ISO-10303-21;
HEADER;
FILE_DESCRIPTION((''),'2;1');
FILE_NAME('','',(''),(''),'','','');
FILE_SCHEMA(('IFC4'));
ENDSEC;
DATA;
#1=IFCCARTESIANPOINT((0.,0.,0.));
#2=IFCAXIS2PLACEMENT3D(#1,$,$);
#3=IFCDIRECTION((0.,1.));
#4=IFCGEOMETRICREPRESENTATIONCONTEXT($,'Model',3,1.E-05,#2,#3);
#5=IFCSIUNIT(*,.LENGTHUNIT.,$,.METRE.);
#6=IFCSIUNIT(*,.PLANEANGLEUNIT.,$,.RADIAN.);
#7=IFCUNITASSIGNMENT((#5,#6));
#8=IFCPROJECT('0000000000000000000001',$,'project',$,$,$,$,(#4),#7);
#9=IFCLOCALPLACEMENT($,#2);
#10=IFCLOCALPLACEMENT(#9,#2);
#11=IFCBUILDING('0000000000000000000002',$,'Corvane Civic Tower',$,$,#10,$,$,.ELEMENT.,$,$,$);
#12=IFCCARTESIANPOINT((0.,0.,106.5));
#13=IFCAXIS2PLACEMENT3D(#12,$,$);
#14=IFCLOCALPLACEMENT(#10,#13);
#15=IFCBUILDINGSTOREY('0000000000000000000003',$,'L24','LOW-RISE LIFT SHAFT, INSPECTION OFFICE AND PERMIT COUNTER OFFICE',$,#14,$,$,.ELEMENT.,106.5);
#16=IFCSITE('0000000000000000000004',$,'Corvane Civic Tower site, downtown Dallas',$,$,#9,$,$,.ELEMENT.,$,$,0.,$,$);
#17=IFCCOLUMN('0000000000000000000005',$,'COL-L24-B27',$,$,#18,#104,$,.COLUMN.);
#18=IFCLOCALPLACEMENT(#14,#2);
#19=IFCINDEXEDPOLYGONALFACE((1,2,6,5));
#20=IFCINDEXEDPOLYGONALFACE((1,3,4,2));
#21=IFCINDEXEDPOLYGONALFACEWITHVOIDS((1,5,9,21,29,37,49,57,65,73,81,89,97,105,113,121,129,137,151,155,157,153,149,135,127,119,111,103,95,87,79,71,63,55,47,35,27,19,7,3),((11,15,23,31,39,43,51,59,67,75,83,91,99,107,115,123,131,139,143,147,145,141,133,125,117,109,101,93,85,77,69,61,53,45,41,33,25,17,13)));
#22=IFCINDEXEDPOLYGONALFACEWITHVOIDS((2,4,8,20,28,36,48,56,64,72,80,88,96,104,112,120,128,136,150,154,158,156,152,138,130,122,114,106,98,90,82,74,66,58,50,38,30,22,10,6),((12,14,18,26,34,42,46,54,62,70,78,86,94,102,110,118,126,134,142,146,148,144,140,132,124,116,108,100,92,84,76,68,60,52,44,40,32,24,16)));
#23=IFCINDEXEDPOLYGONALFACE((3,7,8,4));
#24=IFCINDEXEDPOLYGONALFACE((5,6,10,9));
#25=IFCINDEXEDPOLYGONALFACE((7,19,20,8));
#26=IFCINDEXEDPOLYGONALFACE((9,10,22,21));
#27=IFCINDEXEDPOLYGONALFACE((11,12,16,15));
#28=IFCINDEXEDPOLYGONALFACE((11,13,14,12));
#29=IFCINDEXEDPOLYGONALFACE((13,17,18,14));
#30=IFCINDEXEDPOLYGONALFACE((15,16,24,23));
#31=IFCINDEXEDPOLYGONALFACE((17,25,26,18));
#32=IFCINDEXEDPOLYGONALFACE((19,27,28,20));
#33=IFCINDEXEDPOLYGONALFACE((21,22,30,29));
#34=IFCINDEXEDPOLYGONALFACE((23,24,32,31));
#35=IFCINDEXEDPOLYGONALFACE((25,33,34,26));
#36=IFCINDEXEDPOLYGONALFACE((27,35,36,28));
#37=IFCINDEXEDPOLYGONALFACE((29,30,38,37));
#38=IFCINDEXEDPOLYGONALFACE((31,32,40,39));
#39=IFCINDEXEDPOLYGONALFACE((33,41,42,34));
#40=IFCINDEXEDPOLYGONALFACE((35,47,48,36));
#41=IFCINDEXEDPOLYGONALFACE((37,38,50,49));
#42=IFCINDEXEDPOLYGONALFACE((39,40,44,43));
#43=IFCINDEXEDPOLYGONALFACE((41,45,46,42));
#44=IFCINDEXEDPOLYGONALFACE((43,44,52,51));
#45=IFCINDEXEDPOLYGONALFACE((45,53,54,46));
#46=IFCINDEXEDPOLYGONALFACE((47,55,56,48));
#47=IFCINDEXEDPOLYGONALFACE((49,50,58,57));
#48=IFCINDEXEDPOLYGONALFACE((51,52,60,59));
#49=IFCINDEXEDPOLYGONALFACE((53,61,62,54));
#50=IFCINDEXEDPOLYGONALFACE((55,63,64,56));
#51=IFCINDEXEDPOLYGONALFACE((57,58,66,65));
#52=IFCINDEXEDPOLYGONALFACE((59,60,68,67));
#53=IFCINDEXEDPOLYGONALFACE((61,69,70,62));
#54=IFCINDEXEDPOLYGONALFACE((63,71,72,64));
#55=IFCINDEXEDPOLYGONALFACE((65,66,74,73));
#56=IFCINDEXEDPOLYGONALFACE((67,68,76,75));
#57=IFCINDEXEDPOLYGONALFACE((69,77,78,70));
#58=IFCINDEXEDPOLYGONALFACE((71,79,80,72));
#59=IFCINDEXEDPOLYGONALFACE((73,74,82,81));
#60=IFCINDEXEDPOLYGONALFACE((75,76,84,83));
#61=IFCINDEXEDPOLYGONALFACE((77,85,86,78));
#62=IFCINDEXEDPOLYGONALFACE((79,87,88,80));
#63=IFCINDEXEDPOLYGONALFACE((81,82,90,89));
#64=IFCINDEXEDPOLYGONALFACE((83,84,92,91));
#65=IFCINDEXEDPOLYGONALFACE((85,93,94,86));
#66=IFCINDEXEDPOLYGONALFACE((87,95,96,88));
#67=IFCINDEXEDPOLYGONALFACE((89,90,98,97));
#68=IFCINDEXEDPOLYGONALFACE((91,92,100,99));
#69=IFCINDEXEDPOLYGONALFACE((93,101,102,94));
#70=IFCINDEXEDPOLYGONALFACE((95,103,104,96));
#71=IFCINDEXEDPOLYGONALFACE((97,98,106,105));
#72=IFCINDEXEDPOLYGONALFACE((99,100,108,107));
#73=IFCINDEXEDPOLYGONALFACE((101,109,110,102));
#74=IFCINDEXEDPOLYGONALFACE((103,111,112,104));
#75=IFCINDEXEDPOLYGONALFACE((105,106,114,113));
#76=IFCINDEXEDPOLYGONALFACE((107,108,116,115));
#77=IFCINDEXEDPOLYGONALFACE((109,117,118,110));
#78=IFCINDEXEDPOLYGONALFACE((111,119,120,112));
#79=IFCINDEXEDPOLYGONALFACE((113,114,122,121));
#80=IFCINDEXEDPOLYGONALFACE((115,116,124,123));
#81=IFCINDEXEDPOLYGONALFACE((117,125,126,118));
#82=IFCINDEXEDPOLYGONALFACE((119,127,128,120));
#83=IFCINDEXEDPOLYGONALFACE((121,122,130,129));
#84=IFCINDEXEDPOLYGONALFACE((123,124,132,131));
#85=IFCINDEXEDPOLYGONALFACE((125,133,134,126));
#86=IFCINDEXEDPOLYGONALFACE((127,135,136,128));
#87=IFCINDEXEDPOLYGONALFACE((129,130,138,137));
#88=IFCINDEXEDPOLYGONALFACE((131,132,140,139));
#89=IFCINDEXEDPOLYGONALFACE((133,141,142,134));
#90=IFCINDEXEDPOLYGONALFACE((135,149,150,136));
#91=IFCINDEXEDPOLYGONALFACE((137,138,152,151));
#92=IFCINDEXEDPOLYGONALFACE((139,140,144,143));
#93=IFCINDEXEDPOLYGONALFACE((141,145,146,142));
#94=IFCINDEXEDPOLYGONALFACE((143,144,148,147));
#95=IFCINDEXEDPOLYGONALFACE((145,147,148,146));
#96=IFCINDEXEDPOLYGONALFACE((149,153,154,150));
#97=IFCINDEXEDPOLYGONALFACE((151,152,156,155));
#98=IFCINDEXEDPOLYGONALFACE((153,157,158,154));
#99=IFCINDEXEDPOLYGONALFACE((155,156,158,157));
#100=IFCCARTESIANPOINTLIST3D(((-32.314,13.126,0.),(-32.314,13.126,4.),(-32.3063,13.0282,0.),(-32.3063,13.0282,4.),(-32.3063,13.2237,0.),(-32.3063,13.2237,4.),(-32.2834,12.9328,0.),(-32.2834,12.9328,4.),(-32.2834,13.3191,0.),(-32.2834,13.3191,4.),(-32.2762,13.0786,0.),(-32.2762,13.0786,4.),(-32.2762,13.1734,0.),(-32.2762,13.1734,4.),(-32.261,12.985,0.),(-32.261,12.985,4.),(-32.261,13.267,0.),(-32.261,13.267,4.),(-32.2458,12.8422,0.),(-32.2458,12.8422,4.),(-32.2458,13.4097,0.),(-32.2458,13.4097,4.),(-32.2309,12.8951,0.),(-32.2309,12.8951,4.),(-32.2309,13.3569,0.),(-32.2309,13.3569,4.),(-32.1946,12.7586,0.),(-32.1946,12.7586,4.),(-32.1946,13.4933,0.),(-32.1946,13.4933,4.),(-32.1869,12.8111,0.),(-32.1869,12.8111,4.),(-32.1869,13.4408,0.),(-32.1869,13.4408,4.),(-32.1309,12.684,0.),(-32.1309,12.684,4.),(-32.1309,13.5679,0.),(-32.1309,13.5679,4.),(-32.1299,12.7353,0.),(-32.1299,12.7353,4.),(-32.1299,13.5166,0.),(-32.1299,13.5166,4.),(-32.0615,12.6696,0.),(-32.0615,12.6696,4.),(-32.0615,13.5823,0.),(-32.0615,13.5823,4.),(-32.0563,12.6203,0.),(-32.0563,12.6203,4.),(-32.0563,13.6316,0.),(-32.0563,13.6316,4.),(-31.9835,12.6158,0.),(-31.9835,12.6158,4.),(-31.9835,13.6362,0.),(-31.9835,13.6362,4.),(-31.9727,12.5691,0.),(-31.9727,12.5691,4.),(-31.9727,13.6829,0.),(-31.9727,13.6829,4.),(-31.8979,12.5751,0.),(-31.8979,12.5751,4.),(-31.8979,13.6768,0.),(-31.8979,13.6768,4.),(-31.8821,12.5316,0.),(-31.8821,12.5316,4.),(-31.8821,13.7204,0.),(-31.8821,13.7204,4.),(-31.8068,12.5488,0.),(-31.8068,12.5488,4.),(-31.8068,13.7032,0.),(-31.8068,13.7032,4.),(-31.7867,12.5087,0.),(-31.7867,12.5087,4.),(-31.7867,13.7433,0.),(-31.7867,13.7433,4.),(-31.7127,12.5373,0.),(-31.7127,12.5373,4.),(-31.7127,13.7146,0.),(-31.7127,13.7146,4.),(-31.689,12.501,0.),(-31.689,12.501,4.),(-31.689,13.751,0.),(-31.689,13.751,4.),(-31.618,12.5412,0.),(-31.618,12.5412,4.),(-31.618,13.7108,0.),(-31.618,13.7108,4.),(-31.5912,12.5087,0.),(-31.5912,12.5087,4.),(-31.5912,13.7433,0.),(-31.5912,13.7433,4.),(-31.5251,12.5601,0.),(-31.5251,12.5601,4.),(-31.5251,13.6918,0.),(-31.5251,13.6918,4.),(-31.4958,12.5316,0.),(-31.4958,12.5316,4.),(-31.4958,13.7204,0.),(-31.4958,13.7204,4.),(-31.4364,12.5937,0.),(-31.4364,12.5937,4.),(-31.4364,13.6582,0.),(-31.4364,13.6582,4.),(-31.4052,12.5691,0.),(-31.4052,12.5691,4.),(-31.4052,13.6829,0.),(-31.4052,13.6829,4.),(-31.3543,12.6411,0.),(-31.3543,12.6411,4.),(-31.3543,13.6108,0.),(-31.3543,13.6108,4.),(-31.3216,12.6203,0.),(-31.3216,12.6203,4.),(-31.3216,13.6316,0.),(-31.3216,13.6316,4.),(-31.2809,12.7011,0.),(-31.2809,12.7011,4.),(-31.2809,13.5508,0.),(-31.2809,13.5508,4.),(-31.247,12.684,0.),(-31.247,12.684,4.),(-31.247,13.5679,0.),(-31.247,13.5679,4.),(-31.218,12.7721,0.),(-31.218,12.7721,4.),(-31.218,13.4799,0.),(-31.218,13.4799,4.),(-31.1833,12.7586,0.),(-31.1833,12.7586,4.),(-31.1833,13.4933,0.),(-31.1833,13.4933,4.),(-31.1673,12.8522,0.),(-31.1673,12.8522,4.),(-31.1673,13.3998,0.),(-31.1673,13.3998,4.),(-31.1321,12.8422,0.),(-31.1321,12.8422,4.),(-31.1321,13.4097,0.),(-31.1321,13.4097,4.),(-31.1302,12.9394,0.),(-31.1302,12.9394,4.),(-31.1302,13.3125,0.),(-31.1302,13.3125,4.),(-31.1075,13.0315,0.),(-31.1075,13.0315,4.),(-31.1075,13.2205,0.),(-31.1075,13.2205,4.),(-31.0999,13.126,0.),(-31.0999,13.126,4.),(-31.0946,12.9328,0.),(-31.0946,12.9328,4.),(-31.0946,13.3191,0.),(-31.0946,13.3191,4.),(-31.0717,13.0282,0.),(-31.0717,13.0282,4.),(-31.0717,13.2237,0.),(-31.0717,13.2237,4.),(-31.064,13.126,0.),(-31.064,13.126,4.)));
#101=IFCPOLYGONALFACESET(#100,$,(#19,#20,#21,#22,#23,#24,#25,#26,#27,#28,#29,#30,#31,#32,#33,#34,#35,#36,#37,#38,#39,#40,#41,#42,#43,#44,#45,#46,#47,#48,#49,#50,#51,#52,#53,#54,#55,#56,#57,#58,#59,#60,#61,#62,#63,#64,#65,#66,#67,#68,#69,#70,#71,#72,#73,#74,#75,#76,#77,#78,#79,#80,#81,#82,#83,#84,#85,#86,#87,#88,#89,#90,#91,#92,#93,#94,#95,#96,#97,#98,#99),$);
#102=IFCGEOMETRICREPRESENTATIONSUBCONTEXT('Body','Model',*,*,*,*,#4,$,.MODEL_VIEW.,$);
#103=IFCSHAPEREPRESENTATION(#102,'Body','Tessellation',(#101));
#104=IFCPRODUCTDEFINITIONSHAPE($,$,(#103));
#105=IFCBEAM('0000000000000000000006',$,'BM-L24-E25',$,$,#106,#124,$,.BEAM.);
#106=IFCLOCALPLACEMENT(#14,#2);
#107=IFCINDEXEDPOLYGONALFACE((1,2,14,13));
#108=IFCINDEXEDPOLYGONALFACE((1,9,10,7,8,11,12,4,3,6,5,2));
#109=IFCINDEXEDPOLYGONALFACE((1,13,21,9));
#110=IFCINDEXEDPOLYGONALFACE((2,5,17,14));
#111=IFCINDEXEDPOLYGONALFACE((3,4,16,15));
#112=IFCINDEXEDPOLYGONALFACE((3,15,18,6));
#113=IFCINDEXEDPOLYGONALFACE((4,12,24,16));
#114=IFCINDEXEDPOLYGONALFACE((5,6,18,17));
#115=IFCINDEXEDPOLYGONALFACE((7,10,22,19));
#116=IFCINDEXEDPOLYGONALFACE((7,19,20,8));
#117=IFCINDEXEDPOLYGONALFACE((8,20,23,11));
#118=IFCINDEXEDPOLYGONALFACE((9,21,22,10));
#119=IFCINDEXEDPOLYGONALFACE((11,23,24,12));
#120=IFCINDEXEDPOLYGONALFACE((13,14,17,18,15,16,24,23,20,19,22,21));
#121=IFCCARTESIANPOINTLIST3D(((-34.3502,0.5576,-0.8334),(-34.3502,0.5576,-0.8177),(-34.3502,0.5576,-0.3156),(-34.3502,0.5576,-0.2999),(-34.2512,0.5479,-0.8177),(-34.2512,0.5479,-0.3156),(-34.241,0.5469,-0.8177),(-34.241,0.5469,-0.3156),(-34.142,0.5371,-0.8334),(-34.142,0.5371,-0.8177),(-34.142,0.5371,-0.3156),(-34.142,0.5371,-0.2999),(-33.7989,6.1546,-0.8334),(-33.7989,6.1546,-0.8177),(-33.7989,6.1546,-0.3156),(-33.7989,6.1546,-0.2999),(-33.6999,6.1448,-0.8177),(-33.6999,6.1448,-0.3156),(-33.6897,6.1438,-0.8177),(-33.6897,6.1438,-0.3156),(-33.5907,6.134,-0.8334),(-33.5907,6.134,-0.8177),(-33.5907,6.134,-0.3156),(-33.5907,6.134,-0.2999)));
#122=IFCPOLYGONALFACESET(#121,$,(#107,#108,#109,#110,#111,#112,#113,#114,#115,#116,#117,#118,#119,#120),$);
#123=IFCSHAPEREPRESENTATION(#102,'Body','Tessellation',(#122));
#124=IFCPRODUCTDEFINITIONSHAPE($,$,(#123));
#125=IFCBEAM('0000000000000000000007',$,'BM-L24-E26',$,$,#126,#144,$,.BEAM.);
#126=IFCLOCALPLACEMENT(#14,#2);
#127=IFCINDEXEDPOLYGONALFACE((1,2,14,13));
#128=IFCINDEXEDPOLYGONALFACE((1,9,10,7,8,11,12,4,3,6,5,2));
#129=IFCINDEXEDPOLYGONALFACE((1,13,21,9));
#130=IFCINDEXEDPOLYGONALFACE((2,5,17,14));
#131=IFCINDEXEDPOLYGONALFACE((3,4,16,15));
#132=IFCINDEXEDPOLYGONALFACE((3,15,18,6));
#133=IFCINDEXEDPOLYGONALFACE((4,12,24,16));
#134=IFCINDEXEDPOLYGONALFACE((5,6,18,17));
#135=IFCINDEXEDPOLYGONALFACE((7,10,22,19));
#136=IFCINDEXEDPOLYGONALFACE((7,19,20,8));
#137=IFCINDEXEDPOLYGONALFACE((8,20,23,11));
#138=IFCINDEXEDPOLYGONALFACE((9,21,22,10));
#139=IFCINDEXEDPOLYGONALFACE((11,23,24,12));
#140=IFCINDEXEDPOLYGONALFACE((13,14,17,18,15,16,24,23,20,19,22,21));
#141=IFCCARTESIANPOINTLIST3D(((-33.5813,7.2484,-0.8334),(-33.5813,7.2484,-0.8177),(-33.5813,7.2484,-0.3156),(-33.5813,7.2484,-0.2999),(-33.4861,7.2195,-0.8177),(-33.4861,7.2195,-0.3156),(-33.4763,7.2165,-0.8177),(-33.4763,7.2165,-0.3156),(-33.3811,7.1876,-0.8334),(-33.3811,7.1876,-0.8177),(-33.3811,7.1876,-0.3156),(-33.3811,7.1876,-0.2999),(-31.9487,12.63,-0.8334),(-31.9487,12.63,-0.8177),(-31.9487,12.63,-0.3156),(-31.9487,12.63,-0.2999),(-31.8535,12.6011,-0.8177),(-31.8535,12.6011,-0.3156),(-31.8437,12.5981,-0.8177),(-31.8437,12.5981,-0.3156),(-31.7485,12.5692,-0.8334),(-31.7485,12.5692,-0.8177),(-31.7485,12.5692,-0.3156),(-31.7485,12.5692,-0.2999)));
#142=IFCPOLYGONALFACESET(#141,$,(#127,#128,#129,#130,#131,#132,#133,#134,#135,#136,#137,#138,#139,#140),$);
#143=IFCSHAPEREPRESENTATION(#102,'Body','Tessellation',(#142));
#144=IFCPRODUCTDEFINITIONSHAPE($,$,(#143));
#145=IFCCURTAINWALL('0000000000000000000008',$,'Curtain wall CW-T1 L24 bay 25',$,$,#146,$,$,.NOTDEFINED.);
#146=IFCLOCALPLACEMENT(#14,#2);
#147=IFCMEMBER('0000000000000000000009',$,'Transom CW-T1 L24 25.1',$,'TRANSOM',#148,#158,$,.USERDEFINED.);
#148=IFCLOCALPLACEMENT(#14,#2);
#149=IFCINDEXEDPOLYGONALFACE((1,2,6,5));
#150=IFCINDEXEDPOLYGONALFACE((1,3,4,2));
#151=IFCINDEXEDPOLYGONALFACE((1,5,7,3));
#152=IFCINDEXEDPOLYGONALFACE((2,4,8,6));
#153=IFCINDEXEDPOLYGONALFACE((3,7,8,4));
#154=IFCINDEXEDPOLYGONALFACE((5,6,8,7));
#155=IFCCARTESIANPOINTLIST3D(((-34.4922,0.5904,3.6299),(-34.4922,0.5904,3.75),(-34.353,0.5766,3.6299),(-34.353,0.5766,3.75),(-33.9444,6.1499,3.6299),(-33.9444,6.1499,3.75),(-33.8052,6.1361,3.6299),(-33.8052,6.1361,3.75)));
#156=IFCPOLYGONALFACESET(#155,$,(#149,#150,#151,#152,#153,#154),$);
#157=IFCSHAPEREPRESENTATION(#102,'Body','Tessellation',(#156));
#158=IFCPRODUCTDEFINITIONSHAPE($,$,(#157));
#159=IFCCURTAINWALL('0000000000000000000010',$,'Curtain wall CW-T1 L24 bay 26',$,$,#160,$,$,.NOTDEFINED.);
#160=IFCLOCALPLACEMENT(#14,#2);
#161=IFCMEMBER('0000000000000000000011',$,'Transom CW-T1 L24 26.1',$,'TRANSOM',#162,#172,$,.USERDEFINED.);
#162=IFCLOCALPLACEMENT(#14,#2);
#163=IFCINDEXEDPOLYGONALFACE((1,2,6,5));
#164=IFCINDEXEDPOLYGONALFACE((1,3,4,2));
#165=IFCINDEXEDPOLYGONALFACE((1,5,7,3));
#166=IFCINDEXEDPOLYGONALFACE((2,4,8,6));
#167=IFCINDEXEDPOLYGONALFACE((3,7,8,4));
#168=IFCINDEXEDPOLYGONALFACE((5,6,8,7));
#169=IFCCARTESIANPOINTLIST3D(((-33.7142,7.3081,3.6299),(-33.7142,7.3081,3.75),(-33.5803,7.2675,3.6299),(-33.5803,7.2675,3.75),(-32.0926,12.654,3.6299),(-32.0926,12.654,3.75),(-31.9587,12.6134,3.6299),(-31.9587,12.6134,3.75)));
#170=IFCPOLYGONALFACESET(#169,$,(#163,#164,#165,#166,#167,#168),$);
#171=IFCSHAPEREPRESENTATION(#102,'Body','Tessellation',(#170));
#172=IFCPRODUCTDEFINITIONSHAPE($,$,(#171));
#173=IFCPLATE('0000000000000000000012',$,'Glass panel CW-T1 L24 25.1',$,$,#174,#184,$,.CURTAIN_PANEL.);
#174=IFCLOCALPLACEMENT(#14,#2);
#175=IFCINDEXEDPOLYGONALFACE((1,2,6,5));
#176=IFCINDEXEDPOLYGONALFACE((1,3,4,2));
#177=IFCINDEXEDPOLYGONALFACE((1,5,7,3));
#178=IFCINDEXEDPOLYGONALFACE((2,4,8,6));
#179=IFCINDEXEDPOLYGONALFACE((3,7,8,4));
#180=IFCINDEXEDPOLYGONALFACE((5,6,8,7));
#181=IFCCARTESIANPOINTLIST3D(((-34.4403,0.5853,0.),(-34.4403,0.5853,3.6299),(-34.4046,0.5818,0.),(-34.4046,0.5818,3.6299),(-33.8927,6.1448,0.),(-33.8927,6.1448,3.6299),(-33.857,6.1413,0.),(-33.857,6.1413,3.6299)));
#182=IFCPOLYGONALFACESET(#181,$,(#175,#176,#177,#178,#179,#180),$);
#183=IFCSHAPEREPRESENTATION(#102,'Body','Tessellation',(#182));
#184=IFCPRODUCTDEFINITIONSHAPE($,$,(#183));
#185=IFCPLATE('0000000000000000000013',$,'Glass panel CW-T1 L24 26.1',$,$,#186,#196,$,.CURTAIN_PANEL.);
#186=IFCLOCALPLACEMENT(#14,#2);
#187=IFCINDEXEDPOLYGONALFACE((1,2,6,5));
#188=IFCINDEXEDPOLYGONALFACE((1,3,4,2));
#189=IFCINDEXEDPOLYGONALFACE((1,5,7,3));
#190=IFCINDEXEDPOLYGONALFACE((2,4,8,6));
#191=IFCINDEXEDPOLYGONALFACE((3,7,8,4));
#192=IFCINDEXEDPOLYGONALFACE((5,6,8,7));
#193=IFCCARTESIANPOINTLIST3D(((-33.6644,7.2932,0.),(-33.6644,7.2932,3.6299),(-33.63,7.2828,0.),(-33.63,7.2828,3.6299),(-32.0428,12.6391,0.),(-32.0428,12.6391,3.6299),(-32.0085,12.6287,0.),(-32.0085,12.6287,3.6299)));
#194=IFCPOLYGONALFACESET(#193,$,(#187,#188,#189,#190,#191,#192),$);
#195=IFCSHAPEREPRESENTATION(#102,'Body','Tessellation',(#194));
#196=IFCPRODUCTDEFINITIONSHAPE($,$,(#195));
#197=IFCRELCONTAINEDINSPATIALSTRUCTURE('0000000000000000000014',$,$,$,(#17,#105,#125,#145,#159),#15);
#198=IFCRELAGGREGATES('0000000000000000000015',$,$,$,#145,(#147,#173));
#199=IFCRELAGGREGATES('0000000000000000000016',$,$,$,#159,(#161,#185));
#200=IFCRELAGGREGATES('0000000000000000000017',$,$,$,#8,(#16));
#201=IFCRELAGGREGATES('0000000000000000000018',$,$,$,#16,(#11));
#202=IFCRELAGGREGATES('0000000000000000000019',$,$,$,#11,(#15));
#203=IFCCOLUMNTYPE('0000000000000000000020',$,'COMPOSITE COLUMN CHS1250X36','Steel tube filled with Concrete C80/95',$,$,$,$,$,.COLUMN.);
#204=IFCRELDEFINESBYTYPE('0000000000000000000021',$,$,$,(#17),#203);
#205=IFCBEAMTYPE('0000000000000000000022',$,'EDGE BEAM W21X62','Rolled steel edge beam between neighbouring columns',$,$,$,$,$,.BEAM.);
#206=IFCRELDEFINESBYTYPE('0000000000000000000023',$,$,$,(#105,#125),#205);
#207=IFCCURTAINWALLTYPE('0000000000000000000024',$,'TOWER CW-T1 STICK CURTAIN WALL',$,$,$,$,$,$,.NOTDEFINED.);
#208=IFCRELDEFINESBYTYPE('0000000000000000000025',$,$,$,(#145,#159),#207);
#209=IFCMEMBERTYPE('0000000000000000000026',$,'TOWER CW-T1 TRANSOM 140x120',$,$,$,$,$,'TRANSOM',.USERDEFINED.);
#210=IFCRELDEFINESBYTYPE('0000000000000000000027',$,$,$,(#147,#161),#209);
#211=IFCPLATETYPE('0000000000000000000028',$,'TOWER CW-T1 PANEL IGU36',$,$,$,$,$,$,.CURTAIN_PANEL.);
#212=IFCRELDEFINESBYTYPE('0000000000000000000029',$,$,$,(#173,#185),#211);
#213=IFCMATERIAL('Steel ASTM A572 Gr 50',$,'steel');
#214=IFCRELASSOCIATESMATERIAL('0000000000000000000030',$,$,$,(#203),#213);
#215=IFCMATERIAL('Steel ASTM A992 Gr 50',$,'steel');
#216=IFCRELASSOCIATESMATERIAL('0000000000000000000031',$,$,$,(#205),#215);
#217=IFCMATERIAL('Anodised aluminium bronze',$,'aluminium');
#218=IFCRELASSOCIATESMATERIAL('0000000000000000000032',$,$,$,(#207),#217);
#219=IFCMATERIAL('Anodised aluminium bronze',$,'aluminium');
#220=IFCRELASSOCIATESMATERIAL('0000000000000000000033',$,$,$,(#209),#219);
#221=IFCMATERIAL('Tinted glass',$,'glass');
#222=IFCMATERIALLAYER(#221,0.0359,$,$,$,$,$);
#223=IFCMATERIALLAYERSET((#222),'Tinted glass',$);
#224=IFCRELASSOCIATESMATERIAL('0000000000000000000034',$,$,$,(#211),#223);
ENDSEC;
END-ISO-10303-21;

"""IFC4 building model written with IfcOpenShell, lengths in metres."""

from ifc_helpers import new_model, si_unit, direction, frame, origin, origin_2d, place, context, subcontext, project, spatial, rectangle, hollow_circle, i_section, extrude, material, layer, layer_set, material_profile, profile_set, type_object, element, aggregate, save


model = new_model("IFC4")

# Units and contexts
model_context = context("Model", 3, precision=1e-05, world=origin(), true_north=direction((0.0, 1.0)))
body_context = subcontext(model_context, "Body", "Model", "MODEL_VIEW")
ifc_project = project(units=[si_unit("LENGTHUNIT", "METRE"), si_unit("PLANEANGLEUNIT", "RADIAN")], contexts=[model_context])

# Site, building, storey
site_placement = place(None, origin())
site = spatial("IfcSite", under=ifc_project, at=site_placement, Name="Corvane Civic Tower site, downtown Dallas", CompositionType="ELEMENT", RefElevation=0.0)
building_placement = place(site_placement, origin())
building = spatial("IfcBuilding", under=site, at=building_placement, Name="Corvane Civic Tower", CompositionType="ELEMENT")
storey_placement = place(building_placement, frame((0.0, 0.0, 106.5)))
storey = spatial("IfcBuildingStorey", under=building, at=storey_placement, Name="L24", Description="LOW-RISE LIFT SHAFT, INSPECTION OFFICE AND PERMIT COUNTER OFFICE", CompositionType="ELEMENT", Elevation=106.5)

# Column
ifc_material_1 = material(Name="Steel ASTM A572 Gr 50", Category="steel")
ifc_material_profile_1 = material_profile(ifc_material_1, hollow_circle(Radius=0.625, WallThickness=0.0359, at=origin_2d()), Name="CHS1250X36")
ifc_profile_set_1 = profile_set([ifc_material_profile_1], Name="Steel ASTM A572 Gr 50")
column_type = type_object("IfcColumnType", Name="COMPOSITE COLUMN CHS1250X36", Description="Steel tube filled with Concrete C80/95", PredefinedType="COLUMN", material=ifc_profile_set_1)
for number, where, z_axis, x_axis, name in (
    (1, (-31.689, 13.126, 0.0), (0.0, 0.0, 1.0), (1.0, 0.0, 0.0), "COL-L24-B27"),
):
    element("IfcColumn", number, at=place(storey_placement, frame(where, z_axis=z_axis, x_axis=x_axis)), inside=storey, type_object=column_type, Name=name, PredefinedType="COLUMN", context=body_context, shape_type="SweptSolid", body=[
        extrude(hollow_circle(Radius=0.625, WallThickness=0.0359, at=origin_2d()), origin(), (0.0, 0.0, 1.0), 4.0),
    ])

# Beams
ifc_material_2 = material(Name="Steel ASTM A992 Gr 50", Category="steel")
ifc_material_profile_2 = material_profile(ifc_material_2, i_section(OverallWidth=0.2092, OverallDepth=0.5334, WebThickness=0.0103, FlangeThickness=0.0156, at=origin_2d()), Name="W21X62")
ifc_profile_set_2 = profile_set([ifc_material_profile_2], Name="Steel ASTM A992 Gr 50")
beam_type = type_object("IfcBeamType", Name="EDGE BEAM W21X62", Description="Rolled steel edge beam between neighbouring columns", PredefinedType="BEAM", material=ifc_profile_set_2)
beam_1_placement = place(storey_placement, frame((-34.2461, 0.5474, -0.5667), z_axis=(0.098021, 0.995184, 0.0), x_axis=(-0.995184, 0.098021, 0.0)))
element("IfcBeam", 2, at=beam_1_placement, inside=storey, type_object=beam_type, Name="BM-L24-E25", PredefinedType="BEAM", context=body_context, shape_type="SweptSolid", body=[
    extrude(i_section(OverallWidth=0.2092, OverallDepth=0.5334, WebThickness=0.0103, FlangeThickness=0.0156, at=origin_2d()), origin(), (0.0, 0.0, 1.0), 5.624),
])
beam_2_placement = place(storey_placement, frame((-33.4812, 7.218, -0.5667), z_axis=(0.290298, 0.956936, 0.0), x_axis=(-0.956936, 0.290298, 0.0)))
element("IfcBeam", 3, at=beam_2_placement, inside=storey, type_object=beam_type, Name="BM-L24-E26", PredefinedType="BEAM", context=body_context, shape_type="SweptSolid", body=[
    extrude(i_section(OverallWidth=0.2092, OverallDepth=0.5334, WebThickness=0.0103, FlangeThickness=0.0156, at=origin_2d()), origin(), (0.0, 0.0, 1.0), 5.6238),
])

# Curtain walls, members
ifc_material_3 = material(Name="Anodised aluminium bronze", Category="aluminium")
curtain_wall_type = type_object("IfcCurtainWallType", Name="TOWER CW-T1 STICK CURTAIN WALL", PredefinedType="NOTDEFINED", material=ifc_material_3)
curtain_wall_1_placement = place(storey_placement, origin())
curtain_wall_1 = element("IfcCurtainWall", 4, at=curtain_wall_1_placement, inside=storey, type_object=curtain_wall_type, Name="Curtain wall CW-T1 L24 bay 25", PredefinedType="NOTDEFINED")
ifc_material_4 = material(Name="Anodised aluminium bronze", Category="aluminium")
ifc_material_profile_3 = material_profile(ifc_material_4, rectangle(XDim=0.1399, YDim=0.1201, at=origin_2d()), Name="TOWER CW-T1 TRANSOM 140x120")
ifc_profile_set_3 = profile_set([ifc_material_profile_3], Name="Anodised aluminium bronze")
member_type = type_object("IfcMemberType", Name="TOWER CW-T1 TRANSOM 140x120", ElementType="TRANSOM", PredefinedType="USERDEFINED", material=ifc_profile_set_3)
member_1_placement = place(storey_placement, frame((-34.4226, 0.5835, 3.6899), z_axis=(0.098067, 0.99518, 0.0), x_axis=(-0.99518, 0.098067, 0.0)))
member_1 = element("IfcMember", 5, at=member_1_placement, type_object=member_type, Name="Transom CW-T1 L24 25.1", ObjectType="TRANSOM", PredefinedType="USERDEFINED", context=body_context, shape_type="SweptSolid", body=[
    extrude(rectangle(XDim=0.1399, YDim=0.1201, at=origin_2d()), origin(), (0.0, 0.0, 1.0), 5.5864),
])
curtain_wall_2_placement = place(storey_placement, origin())
curtain_wall_2 = element("IfcCurtainWall", 6, at=curtain_wall_2_placement, inside=storey, type_object=curtain_wall_type, Name="Curtain wall CW-T1 L24 bay 26", PredefinedType="NOTDEFINED")
member_2_placement = place(storey_placement, frame((-33.6472, 7.2878, 3.6899), z_axis=(0.290269, 0.956945, 0.0), x_axis=(-0.956945, 0.290269, 0.0)))
member_2 = element("IfcMember", 7, at=member_2_placement, type_object=member_type, Name="Transom CW-T1 L24 26.1", ObjectType="TRANSOM", PredefinedType="USERDEFINED", context=body_context, shape_type="SweptSolid", body=[
    extrude(rectangle(XDim=0.1399, YDim=0.1201, at=origin_2d()), origin(), (0.0, 0.0, 1.0), 5.5864),
])

# Plates
ifc_material_5 = material(Name="Tinted glass", Category="glass")
ifc_layer_1 = layer(ifc_material_5, 0.0359)
ifc_layer_set_1 = layer_set([ifc_layer_1], Name="Tinted glass")
plate_type = type_object("IfcPlateType", Name="TOWER CW-T1 PANEL IGU36", PredefinedType="CURTAIN_PANEL", material=ifc_layer_set_1)
plate_1_placement = place(storey_placement, frame((-34.1487, 3.3633, 0.0), z_axis=(0.0, 0.0, 1.0), x_axis=(0.098027, 0.995184, 0.0)))
plate_1 = element("IfcPlate", 8, at=plate_1_placement, type_object=plate_type, Name="Glass panel CW-T1 L24 25.1", PredefinedType="CURTAIN_PANEL", context=body_context, shape_type="SweptSolid", body=[
    extrude(rectangle(XDim=5.5864, YDim=0.0359, at=origin_2d()), origin(), (0.0, 0.0, 1.0), 3.6299),
])
aggregate(curtain_wall_1, [member_1, plate_1])
plate_2_placement = place(storey_placement, frame((-32.8364, 9.9609, 0.0), z_axis=(0.0, 0.0, 1.0), x_axis=(0.290266, 0.956946, 0.0)))
plate_2 = element("IfcPlate", 9, at=plate_2_placement, type_object=plate_type, Name="Glass panel CW-T1 L24 26.1", PredefinedType="CURTAIN_PANEL", context=body_context, shape_type="SweptSolid", body=[
    extrude(rectangle(XDim=5.5864, YDim=0.0359, at=origin_2d()), origin(), (0.0, 0.0, 1.0), 3.6299),
])
aggregate(curtain_wall_2, [member_2, plate_2])

save(model, "model.ifc")
